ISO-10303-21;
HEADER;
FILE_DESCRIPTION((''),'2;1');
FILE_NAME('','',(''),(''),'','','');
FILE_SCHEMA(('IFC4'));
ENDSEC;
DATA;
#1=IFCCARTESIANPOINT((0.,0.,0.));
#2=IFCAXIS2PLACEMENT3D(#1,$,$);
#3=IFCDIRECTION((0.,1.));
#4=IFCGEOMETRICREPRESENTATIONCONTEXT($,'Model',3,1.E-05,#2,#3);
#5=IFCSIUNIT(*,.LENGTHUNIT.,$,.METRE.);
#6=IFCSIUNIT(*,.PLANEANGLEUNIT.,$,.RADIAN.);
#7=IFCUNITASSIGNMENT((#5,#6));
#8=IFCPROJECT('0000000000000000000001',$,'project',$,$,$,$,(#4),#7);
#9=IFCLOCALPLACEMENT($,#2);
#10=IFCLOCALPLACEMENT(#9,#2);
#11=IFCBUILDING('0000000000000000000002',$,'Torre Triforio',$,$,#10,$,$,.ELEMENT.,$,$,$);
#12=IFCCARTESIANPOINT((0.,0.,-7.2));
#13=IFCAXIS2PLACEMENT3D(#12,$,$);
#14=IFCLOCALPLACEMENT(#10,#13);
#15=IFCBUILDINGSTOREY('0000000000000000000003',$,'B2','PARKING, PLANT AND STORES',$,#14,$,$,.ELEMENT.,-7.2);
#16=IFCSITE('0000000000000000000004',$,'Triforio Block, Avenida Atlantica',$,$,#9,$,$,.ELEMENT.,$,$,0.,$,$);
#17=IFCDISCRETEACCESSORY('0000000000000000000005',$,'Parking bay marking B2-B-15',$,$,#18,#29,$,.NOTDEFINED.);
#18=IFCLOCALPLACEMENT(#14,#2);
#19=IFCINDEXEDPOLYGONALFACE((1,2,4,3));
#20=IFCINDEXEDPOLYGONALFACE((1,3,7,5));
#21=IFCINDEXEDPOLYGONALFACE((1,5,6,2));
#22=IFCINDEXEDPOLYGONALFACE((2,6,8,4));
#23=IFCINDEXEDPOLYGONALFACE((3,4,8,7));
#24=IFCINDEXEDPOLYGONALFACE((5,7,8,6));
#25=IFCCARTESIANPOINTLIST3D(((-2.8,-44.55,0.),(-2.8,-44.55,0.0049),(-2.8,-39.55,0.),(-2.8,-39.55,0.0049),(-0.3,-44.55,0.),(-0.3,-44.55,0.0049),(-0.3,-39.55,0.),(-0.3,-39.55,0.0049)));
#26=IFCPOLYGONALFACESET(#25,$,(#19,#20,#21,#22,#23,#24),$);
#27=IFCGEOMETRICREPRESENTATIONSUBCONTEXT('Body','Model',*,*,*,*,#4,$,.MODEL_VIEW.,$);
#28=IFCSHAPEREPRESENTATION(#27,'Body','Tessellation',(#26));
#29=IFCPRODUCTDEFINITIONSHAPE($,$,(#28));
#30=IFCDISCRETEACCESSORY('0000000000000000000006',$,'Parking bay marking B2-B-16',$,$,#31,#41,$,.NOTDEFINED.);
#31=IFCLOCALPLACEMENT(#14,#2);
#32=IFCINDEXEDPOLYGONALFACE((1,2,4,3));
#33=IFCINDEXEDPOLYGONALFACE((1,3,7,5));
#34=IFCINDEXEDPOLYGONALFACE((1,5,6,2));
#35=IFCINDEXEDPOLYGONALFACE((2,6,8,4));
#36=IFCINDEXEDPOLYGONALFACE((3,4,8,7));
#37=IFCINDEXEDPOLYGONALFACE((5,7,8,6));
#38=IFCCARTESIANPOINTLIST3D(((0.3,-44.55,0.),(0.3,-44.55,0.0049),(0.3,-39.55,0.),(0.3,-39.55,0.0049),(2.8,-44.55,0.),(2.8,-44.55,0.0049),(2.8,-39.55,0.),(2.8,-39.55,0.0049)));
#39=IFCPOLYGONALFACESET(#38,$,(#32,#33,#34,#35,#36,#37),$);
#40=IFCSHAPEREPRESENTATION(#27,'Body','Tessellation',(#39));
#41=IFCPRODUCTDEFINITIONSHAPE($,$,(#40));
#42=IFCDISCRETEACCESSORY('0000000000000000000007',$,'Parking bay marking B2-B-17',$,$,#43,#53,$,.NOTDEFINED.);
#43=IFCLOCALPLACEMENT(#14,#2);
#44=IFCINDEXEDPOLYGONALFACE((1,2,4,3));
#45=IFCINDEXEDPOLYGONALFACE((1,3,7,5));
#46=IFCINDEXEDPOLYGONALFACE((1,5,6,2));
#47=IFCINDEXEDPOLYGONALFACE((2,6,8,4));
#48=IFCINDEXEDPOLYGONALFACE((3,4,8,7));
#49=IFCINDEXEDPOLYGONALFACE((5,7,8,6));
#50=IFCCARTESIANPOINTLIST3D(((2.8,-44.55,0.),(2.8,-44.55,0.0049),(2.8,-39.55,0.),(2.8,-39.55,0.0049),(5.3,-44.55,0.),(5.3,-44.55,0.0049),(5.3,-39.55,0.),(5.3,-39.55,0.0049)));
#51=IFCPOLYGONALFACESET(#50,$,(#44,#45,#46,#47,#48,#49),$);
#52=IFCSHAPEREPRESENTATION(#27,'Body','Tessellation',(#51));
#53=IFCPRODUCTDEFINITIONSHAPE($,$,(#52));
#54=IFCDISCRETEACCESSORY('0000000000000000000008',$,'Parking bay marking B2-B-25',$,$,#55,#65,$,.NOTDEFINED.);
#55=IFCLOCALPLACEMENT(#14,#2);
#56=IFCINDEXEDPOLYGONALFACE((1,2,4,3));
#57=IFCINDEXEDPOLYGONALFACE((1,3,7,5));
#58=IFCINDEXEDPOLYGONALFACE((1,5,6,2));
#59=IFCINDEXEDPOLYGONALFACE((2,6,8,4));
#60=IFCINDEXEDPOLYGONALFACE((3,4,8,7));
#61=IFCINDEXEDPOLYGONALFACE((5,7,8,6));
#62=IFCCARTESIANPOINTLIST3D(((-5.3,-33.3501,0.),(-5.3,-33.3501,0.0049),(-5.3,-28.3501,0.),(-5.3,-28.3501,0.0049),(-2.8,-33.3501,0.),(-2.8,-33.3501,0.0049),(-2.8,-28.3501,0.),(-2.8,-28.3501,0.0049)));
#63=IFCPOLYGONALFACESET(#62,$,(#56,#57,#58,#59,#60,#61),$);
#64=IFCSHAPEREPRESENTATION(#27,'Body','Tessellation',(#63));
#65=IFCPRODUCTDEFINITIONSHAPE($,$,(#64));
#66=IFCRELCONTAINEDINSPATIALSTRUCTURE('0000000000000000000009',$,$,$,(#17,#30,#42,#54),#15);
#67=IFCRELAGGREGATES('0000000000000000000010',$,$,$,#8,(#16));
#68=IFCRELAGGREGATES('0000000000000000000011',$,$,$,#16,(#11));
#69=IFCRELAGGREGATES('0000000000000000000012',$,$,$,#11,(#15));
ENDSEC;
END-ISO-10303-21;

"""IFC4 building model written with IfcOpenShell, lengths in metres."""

from ifc_helpers import new_model, si_unit, direction, frame, origin, origin_2d, place, context, subcontext, project, spatial, rectangle, extrude, element, save


model = new_model("IFC4")

# Units and contexts
model_context = context("Model", 3, precision=1e-05, world=origin(), true_north=direction((0.0, 1.0)))
body_context = subcontext(model_context, "Body", "Model", "MODEL_VIEW")
ifc_project = project(units=[si_unit("LENGTHUNIT", "METRE"), si_unit("PLANEANGLEUNIT", "RADIAN")], contexts=[model_context])

# Site, building, storey
site_placement = place(None, origin())
site = spatial("IfcSite", under=ifc_project, at=site_placement, Name="Triforio Block, Avenida Atlantica", CompositionType="ELEMENT", RefElevation=0.0)
building_placement = place(site_placement, origin())
building = spatial("IfcBuilding", under=site, at=building_placement, Name="Torre Triforio", CompositionType="ELEMENT")
storey_placement = place(building_placement, frame((0.0, 0.0, -7.2)))
storey = spatial("IfcBuildingStorey", under=building, at=storey_placement, Name="B2", Description="PARKING, PLANT AND STORES", CompositionType="ELEMENT", Elevation=-7.2)

# Discrete accessories
for number, where, z_axis, x_axis, name in (
    (1, (-1.55, -42.05, 0.0), (0.0, 0.0, 1.0), (1.0, 0.0, 0.0), "Parking bay marking B2-B-15"),
    (2, (1.55, -42.05, 0.0), (0.0, 0.0, 1.0), (1.0, 0.0, 0.0), "Parking bay marking B2-B-16"),
    (3, (4.05, -42.05, 0.0), (0.0, 0.0, 1.0), (1.0, 0.0, 0.0), "Parking bay marking B2-B-17"),
    (4, (-4.05, -30.8501, 0.0), (0.0, 0.0, 1.0), (1.0, 0.0, 0.0), "Parking bay marking B2-B-25"),
):
    element("IfcDiscreteAccessory", number, at=place(storey_placement, frame(where, z_axis=z_axis, x_axis=x_axis)), inside=storey, Name=name, PredefinedType="NOTDEFINED", context=body_context, shape_type="SweptSolid", body=[
        extrude(rectangle(XDim=2.5, YDim=5.0, at=origin_2d()), origin(), (0.0, 0.0, 1.0), 0.0049),
    ])

save(model, "model.ifc")
